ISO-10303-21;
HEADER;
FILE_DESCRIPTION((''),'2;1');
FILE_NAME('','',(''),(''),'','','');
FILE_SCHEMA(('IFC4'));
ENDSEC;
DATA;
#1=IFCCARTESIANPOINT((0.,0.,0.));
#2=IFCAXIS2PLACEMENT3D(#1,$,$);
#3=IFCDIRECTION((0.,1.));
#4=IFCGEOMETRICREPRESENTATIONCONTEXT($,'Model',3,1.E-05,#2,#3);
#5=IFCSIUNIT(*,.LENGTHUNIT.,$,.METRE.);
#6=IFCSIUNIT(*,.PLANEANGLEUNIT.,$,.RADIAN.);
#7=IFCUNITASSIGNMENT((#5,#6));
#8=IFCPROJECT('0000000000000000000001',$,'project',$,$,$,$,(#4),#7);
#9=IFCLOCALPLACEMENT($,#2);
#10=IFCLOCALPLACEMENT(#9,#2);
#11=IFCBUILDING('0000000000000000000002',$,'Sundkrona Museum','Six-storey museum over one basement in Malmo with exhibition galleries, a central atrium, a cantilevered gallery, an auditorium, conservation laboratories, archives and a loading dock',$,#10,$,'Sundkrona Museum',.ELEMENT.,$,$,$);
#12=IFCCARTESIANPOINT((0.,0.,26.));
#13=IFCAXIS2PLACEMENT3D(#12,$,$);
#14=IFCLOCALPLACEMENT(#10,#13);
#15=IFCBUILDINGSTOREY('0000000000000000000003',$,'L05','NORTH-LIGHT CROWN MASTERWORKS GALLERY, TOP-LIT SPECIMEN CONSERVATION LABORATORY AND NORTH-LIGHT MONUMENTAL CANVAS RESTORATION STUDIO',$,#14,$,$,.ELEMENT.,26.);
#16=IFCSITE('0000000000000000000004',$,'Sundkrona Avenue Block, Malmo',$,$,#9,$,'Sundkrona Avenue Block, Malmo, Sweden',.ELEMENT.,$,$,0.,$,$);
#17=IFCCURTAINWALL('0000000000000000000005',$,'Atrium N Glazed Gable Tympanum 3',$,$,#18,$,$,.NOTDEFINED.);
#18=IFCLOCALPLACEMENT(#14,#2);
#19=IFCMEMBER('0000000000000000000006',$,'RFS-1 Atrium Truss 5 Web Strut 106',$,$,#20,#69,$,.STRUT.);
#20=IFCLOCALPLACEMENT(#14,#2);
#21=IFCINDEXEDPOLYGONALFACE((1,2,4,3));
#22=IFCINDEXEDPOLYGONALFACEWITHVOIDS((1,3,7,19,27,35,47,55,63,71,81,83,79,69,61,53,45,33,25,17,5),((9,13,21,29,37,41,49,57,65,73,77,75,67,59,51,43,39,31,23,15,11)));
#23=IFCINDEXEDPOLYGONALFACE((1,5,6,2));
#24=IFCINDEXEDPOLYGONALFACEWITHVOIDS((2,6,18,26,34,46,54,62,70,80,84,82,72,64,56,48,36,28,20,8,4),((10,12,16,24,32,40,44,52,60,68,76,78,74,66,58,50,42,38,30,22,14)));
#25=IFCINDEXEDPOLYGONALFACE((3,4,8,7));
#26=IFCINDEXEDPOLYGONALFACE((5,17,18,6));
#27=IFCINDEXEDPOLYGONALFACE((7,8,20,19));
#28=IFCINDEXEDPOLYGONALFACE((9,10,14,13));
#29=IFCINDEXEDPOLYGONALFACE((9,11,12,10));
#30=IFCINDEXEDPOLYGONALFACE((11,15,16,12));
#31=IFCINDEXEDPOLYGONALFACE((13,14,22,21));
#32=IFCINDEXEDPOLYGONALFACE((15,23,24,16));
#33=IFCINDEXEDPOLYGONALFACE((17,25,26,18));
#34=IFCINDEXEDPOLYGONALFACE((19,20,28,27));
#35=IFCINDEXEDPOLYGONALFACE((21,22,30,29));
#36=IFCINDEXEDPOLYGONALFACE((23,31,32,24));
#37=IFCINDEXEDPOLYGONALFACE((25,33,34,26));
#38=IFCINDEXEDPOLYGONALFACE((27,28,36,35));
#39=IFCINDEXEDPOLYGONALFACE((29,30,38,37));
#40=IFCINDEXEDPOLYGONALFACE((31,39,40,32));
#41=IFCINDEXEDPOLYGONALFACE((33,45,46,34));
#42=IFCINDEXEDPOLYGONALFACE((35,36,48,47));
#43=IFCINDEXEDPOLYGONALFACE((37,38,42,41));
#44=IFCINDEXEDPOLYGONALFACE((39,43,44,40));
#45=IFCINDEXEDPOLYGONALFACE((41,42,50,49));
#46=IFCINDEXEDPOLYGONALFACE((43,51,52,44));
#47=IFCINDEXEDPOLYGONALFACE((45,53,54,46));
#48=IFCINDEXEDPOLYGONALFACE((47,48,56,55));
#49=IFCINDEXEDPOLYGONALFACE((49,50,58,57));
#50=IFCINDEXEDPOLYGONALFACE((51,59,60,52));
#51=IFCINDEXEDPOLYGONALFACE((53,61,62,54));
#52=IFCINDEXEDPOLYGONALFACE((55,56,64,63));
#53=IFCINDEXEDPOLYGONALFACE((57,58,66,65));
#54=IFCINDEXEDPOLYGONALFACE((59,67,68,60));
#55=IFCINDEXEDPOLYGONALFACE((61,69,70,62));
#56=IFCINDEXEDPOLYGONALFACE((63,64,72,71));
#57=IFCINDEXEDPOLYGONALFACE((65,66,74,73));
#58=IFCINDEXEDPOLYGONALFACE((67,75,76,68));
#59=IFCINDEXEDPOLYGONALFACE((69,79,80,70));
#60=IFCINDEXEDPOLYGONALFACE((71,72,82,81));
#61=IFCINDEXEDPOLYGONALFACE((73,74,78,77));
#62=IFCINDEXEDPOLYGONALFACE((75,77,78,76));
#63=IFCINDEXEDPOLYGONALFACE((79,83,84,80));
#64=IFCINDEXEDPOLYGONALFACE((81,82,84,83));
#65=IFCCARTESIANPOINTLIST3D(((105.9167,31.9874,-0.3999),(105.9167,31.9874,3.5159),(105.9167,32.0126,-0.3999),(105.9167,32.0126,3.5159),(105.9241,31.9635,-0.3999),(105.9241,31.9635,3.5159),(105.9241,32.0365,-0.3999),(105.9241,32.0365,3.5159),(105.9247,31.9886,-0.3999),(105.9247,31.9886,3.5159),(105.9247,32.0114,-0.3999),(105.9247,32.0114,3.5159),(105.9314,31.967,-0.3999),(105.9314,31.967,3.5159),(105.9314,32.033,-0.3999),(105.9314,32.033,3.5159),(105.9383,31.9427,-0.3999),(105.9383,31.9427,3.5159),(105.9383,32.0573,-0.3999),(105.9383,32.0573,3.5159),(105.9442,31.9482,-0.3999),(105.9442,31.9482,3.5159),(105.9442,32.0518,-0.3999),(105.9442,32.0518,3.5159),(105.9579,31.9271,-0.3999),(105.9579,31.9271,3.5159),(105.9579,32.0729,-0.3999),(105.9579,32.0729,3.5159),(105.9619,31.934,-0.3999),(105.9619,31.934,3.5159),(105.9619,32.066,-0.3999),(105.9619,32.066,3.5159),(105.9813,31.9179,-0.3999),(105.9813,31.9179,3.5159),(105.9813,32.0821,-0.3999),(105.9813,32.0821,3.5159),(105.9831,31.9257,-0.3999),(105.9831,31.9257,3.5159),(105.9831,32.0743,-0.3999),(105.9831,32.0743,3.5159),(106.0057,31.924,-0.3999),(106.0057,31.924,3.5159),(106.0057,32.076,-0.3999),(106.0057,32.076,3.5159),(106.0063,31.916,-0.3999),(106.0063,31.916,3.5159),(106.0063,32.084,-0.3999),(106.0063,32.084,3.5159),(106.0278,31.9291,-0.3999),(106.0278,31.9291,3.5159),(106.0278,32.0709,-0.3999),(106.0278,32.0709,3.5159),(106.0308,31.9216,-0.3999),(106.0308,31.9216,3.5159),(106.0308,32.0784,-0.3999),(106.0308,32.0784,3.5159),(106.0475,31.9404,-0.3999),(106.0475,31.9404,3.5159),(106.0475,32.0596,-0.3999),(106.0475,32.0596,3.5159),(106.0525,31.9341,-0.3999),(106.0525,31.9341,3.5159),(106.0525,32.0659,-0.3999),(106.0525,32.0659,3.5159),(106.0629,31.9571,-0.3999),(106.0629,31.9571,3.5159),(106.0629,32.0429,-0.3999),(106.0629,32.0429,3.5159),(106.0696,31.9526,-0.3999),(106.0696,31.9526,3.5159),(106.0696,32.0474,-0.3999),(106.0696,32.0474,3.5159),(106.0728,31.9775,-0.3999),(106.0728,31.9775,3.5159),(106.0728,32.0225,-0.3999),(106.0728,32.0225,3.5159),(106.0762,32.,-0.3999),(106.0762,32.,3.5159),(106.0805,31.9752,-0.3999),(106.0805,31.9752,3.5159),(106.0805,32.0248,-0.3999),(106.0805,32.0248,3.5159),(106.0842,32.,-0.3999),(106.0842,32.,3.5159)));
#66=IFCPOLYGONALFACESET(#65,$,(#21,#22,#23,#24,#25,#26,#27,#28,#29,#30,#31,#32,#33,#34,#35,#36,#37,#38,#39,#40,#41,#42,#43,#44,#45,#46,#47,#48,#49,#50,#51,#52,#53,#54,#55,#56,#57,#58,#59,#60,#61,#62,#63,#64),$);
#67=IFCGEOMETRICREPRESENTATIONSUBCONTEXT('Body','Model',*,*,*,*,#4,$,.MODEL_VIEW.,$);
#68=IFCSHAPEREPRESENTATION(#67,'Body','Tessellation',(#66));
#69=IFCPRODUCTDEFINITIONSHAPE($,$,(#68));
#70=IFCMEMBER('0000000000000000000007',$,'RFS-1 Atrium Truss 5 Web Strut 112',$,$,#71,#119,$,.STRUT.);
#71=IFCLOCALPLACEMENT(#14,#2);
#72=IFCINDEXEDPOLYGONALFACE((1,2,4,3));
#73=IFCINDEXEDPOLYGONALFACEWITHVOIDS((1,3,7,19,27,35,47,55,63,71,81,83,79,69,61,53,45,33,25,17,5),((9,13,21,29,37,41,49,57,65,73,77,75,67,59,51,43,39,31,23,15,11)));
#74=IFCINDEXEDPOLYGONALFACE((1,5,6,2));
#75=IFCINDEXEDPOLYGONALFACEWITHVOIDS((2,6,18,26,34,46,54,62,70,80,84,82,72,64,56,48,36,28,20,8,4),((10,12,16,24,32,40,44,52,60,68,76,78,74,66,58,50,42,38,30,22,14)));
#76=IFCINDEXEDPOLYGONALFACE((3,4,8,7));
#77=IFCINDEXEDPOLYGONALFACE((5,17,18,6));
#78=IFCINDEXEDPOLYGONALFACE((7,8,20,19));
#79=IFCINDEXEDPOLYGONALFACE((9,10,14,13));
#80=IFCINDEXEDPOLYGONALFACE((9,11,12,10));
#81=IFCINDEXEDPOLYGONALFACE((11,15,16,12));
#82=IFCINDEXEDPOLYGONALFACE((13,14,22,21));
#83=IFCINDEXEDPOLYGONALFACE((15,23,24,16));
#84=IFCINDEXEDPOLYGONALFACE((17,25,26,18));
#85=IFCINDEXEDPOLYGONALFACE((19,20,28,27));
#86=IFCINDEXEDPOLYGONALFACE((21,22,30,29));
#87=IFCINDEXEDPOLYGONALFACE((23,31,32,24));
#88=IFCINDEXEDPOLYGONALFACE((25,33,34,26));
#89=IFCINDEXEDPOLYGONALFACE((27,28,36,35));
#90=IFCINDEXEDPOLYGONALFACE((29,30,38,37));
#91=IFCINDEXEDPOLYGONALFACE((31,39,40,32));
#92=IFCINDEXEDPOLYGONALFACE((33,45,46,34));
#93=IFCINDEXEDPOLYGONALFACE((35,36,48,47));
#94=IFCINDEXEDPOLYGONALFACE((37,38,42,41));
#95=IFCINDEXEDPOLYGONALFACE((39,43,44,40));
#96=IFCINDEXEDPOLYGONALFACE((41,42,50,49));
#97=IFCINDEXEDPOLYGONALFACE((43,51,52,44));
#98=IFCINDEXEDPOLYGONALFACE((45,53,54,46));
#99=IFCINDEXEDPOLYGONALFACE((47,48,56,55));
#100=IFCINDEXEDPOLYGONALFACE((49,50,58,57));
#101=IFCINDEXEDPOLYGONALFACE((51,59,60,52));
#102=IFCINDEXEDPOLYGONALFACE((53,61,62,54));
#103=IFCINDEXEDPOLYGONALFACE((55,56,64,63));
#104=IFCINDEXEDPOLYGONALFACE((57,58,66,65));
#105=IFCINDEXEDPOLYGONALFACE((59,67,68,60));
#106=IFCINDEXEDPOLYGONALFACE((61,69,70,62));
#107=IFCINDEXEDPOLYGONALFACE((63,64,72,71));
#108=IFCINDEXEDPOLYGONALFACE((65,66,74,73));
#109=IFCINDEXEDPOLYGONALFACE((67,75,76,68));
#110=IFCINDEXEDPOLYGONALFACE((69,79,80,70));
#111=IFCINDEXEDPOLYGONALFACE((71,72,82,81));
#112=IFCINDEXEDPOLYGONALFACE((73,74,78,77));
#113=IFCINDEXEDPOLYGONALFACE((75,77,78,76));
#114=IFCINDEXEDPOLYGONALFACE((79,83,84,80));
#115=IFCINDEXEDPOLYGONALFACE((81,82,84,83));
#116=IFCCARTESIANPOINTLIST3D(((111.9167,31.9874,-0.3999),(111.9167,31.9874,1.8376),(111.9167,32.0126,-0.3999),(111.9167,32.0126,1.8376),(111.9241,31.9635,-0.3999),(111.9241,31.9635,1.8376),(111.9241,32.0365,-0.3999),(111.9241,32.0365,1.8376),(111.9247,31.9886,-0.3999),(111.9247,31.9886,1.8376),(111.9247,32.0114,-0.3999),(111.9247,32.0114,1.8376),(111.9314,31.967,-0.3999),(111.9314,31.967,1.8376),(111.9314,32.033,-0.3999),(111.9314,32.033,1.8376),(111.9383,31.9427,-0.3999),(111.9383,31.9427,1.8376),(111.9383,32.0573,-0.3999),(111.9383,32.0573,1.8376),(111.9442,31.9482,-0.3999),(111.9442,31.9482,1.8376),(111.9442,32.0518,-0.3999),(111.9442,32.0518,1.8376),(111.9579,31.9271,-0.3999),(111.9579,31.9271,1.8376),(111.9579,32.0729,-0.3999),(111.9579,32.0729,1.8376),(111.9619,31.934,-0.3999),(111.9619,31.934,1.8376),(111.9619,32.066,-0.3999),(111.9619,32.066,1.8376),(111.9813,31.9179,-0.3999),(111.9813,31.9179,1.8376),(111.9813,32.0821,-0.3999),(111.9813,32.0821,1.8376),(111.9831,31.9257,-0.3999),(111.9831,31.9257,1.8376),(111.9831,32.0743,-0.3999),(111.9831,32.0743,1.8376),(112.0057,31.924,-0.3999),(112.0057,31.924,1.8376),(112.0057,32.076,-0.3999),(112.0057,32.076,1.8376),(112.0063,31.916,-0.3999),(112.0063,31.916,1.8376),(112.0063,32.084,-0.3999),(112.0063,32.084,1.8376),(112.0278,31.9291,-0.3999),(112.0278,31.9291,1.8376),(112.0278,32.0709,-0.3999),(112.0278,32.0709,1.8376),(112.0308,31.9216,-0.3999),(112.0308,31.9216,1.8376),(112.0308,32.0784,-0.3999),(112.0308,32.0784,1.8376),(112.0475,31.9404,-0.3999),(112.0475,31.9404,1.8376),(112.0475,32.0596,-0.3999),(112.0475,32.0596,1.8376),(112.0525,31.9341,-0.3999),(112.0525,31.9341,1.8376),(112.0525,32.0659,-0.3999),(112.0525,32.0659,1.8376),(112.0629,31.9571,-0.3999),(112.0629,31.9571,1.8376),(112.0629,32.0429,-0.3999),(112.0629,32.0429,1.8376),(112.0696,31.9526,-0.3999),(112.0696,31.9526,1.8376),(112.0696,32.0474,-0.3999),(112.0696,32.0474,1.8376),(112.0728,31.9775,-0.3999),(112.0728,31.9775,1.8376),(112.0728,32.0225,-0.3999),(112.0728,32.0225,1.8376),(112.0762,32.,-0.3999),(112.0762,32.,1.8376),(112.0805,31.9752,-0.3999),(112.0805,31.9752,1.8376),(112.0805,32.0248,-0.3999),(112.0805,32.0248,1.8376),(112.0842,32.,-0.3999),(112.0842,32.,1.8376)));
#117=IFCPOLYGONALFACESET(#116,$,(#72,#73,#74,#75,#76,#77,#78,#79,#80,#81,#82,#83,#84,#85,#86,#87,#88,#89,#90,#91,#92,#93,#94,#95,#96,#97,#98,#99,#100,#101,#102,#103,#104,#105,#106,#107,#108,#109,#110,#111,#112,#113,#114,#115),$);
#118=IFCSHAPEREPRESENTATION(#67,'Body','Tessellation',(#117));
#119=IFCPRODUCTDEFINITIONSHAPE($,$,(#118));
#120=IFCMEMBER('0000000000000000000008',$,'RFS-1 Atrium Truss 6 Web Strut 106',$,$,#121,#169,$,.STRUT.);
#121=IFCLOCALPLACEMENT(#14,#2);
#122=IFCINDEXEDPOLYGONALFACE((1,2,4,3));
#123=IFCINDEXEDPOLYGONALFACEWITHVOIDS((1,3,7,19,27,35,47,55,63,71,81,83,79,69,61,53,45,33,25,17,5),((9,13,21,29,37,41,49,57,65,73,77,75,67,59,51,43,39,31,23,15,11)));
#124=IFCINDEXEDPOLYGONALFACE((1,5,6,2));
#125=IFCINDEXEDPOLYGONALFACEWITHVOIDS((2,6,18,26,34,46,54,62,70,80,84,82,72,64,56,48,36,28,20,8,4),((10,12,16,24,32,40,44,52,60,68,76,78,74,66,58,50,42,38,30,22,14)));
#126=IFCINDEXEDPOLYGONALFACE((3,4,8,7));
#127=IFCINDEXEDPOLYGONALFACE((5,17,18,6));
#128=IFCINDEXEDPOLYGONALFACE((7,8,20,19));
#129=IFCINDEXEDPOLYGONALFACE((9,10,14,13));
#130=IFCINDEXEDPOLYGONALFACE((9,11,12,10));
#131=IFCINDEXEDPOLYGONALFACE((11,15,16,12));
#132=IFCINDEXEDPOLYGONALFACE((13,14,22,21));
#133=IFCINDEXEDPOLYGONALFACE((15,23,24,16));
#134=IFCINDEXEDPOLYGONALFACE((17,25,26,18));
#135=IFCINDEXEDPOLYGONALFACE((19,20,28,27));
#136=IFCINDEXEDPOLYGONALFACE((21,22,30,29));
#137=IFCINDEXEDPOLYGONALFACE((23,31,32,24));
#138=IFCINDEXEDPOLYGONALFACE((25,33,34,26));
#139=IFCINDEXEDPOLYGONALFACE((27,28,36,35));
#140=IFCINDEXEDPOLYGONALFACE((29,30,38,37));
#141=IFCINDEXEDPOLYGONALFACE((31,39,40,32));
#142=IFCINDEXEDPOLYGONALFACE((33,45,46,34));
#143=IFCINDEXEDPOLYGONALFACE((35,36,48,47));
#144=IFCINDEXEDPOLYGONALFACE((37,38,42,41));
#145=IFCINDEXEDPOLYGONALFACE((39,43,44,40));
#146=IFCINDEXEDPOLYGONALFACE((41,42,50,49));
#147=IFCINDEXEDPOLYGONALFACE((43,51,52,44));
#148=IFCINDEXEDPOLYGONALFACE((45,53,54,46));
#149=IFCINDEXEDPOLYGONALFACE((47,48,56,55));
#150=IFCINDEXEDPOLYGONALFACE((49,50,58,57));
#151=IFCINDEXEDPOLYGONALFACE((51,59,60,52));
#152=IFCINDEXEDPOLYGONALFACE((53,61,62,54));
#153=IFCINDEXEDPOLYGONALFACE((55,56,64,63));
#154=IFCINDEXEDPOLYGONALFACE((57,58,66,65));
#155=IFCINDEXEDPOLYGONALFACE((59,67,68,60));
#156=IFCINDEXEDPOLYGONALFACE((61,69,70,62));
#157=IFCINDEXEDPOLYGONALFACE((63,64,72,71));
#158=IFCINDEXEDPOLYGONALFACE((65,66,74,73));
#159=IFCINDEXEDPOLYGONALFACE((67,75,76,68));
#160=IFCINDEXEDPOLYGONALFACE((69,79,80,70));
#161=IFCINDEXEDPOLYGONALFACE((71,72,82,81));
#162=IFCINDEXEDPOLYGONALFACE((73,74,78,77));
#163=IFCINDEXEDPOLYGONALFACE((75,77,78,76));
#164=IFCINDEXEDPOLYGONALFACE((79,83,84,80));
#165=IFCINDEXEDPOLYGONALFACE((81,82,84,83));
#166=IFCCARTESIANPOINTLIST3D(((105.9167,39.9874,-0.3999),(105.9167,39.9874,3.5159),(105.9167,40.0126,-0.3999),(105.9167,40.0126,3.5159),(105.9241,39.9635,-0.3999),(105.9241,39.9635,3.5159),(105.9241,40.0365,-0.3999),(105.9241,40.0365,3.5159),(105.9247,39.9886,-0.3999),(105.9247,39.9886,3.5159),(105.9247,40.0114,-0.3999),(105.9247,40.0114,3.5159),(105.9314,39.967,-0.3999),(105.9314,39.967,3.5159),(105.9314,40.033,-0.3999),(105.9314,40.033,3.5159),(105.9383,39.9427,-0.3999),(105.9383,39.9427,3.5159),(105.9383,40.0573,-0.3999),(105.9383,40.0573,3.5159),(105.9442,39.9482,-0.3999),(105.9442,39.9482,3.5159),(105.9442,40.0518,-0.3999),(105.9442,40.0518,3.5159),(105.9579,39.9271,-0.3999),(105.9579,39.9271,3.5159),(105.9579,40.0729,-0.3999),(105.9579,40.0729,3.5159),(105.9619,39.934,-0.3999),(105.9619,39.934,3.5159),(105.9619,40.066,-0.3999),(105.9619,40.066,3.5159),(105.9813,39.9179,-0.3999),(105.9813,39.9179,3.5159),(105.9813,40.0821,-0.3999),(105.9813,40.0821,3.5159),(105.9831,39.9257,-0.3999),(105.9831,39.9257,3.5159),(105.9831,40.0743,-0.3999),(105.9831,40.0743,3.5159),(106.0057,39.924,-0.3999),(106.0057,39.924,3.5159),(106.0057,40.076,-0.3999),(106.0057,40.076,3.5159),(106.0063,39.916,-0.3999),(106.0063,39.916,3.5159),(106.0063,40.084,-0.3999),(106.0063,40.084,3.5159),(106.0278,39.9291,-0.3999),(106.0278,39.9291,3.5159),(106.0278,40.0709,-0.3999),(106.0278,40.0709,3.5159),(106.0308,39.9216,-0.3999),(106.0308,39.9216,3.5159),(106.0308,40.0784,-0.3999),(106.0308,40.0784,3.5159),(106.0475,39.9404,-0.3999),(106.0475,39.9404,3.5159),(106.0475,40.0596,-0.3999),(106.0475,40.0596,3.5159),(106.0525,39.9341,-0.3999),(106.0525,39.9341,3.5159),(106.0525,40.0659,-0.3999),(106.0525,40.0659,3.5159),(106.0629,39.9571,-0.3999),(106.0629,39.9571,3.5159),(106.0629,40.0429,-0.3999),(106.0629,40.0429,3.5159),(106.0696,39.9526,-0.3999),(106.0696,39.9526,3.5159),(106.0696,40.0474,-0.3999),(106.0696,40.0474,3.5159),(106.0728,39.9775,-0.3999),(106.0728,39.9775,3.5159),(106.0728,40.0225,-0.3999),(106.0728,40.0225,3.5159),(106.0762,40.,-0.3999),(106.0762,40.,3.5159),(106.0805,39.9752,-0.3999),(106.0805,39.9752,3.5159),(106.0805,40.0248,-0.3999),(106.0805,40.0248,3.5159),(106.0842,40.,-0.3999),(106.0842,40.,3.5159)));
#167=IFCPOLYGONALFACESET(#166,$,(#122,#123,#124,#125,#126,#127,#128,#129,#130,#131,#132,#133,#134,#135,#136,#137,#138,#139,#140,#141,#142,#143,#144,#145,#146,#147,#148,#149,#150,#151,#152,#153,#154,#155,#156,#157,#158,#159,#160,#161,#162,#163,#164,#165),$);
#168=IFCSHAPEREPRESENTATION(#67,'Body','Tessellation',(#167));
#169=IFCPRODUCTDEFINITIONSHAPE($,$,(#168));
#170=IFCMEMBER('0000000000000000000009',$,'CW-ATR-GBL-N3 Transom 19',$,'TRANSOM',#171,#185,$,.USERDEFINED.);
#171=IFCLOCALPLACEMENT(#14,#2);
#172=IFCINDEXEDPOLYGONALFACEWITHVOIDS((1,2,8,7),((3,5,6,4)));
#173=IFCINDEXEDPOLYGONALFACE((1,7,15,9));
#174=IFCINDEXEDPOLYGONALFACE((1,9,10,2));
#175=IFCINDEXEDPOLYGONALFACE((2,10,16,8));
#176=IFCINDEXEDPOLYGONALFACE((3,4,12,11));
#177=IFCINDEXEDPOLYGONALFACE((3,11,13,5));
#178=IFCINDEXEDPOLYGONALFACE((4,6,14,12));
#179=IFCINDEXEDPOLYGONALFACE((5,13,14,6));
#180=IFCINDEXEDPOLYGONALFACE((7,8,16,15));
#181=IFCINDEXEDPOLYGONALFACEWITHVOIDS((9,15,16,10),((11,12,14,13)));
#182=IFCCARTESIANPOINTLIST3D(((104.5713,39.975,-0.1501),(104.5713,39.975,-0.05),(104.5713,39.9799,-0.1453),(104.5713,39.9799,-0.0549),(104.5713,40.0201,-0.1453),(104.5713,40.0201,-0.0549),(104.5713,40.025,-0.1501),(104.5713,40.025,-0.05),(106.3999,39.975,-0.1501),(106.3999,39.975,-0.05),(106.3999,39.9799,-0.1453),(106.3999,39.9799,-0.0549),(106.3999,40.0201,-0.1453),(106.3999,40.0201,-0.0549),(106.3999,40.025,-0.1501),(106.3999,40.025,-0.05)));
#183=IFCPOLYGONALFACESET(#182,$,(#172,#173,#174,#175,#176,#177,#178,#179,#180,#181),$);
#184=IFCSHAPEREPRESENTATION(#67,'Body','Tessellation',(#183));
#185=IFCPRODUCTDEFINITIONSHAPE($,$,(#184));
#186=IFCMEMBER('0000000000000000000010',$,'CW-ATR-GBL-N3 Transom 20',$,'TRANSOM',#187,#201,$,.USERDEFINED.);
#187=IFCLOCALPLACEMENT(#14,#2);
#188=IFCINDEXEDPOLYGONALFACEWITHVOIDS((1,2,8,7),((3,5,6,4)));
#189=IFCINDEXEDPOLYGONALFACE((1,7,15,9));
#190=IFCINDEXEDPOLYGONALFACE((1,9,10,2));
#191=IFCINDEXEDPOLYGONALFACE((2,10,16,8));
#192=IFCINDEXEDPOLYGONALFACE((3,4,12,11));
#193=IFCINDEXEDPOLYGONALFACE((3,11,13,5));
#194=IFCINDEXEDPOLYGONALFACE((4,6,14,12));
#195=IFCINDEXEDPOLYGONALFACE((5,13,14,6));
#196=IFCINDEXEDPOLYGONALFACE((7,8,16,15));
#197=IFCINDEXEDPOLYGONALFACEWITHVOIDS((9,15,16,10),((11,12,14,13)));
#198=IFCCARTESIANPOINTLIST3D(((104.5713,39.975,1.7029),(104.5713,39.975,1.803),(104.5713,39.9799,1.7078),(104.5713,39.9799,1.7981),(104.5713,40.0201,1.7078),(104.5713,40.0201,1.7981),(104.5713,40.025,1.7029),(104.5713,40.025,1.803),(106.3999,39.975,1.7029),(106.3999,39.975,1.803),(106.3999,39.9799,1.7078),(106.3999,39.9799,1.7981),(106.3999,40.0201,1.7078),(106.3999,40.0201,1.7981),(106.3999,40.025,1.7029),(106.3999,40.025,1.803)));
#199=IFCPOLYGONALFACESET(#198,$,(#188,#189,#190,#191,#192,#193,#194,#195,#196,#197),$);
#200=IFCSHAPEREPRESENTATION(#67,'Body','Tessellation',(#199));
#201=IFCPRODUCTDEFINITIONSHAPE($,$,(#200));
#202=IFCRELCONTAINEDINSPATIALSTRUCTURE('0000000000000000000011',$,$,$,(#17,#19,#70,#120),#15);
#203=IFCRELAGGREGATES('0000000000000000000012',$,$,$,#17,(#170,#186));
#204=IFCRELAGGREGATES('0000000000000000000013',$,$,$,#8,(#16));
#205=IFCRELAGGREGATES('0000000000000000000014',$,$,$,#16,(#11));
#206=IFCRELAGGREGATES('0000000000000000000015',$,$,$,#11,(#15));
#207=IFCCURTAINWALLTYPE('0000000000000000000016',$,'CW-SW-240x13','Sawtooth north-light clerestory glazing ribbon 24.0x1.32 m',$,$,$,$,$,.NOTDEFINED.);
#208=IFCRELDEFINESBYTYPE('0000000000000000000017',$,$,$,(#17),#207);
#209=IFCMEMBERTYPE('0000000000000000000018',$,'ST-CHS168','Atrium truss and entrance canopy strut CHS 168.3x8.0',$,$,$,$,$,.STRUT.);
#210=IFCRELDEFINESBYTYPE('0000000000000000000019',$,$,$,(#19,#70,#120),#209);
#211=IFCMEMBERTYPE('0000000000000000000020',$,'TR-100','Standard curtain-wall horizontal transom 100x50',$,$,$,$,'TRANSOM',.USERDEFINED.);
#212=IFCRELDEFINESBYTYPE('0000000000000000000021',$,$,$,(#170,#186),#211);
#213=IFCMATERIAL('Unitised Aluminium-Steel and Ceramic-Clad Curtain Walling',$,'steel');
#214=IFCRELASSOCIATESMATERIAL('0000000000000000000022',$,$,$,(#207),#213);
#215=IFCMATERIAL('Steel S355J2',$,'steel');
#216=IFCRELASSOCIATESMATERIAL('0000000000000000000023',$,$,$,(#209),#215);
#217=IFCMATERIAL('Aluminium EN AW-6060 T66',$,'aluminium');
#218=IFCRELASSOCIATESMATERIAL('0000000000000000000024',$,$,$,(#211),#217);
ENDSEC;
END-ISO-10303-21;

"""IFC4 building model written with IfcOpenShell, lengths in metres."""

from ifc_helpers import new_model, si_unit, direction, frame, origin, origin_2d, place, context, subcontext, project, spatial, hollow_rectangle, hollow_circle, extrude, material, material_profile, profile_set, type_object, element, aggregate, save


model = new_model("IFC4")

# Units and contexts
model_context = context("Model", 3, precision=1e-05, world=origin(), true_north=direction((0.0, 1.0)))
body_context = subcontext(model_context, "Body", "Model", "MODEL_VIEW")
ifc_project = project(units=[si_unit("LENGTHUNIT", "METRE"), si_unit("PLANEANGLEUNIT", "RADIAN")], contexts=[model_context])

# Site, building, storey
site_placement = place(None, origin())
site = spatial("IfcSite", under=ifc_project, at=site_placement, Name="Sundkrona Avenue Block, Malmo", LongName="Sundkrona Avenue Block, Malmo, Sweden", CompositionType="ELEMENT", RefElevation=0.0)
building_placement = place(site_placement, origin())
building = spatial("IfcBuilding", under=site, at=building_placement, Name="Sundkrona Museum", Description="Six-storey museum over one basement in Malmo with exhibition galleries, a central atrium, a cantilevered gallery, an auditorium, conservation laboratories, archives and a loading dock", LongName="Sundkrona Museum", CompositionType="ELEMENT")
storey_placement = place(building_placement, frame((0.0, 0.0, 26.0)))
storey = spatial("IfcBuildingStorey", under=building, at=storey_placement, Name="L05", Description="NORTH-LIGHT CROWN MASTERWORKS GALLERY, TOP-LIT SPECIMEN CONSERVATION LABORATORY AND NORTH-LIGHT MONUMENTAL CANVAS RESTORATION STUDIO", CompositionType="ELEMENT", Elevation=26.0)

# Shared definitions
ifc_material_1 = material(Name="Steel S355J2", Category="steel")

# Curtain wall
ifc_material_2 = material(Name="Unitised Aluminium-Steel and Ceramic-Clad Curtain Walling", Category="steel")
curtain_wall_type = type_object("IfcCurtainWallType", Name="CW-SW-240x13", Description="Sawtooth north-light clerestory glazing ribbon 24.0x1.32 m", PredefinedType="NOTDEFINED", material=ifc_material_2)
curtain_wall_1_placement = place(storey_placement, origin())
curtain_wall_1 = element("IfcCurtainWall", 1, at=curtain_wall_1_placement, inside=storey, type_object=curtain_wall_type, Name="Atrium N Glazed Gable Tympanum 3", PredefinedType="NOTDEFINED")
ifc_material_3 = material(Name="Aluminium EN AW-6060 T66", Category="aluminium")

# Members
ifc_material_profile_1 = material_profile(ifc_material_1, hollow_circle(Radius=0.0842, WallThickness=0.0081, at=origin_2d()), Name="CHS 168.3x8.0")
ifc_profile_set_1 = profile_set([ifc_material_profile_1], Name="Steel S355J2")
member_type_1 = type_object("IfcMemberType", Name="ST-CHS168", Description="Atrium truss and entrance canopy strut CHS 168.3x8.0", PredefinedType="STRUT", material=ifc_profile_set_1)
member_1_placement = place(storey_placement, frame((106.0, 32.0, -0.3999), z_axis=(0.0, 0.0, 1.0), x_axis=(1.0, 0.0, 0.0)))
element("IfcMember", 2, at=member_1_placement, inside=storey, type_object=member_type_1, Name="RFS-1 Atrium Truss 5 Web Strut 106", PredefinedType="STRUT", context=body_context, shape_type="SweptSolid", body=[
    extrude(hollow_circle(Radius=0.0842, WallThickness=0.0081, at=origin_2d()), origin(), (0.0, 0.0, 1.0), 3.9158),
])
member_2_placement = place(storey_placement, frame((112.0, 32.0, -0.3999), z_axis=(0.0, 0.0, 1.0), x_axis=(1.0, 0.0, 0.0)))
element("IfcMember", 3, at=member_2_placement, inside=storey, type_object=member_type_1, Name="RFS-1 Atrium Truss 5 Web Strut 112", PredefinedType="STRUT", context=body_context, shape_type="SweptSolid", body=[
    extrude(hollow_circle(Radius=0.0842, WallThickness=0.0081, at=origin_2d()), origin(), (0.0, 0.0, 1.0), 2.2375),
])
member_3_placement = place(storey_placement, frame((106.0, 40.0, -0.3999), z_axis=(0.0, 0.0, 1.0), x_axis=(1.0, 0.0, 0.0)))
element("IfcMember", 4, at=member_3_placement, inside=storey, type_object=member_type_1, Name="RFS-1 Atrium Truss 6 Web Strut 106", PredefinedType="STRUT", context=body_context, shape_type="SweptSolid", body=[
    extrude(hollow_circle(Radius=0.0842, WallThickness=0.0081, at=origin_2d()), origin(), (0.0, 0.0, 1.0), 3.9158),
])

# Members
ifc_material_profile_2 = material_profile(ifc_material_3, hollow_rectangle(XDim=0.05, YDim=0.1001, WallThickness=0.0049, at=origin_2d()), Name="RHS 100x50x5.0")
ifc_profile_set_2 = profile_set([ifc_material_profile_2], Name="Aluminium EN AW-6060 T66")
member_type_2 = type_object("IfcMemberType", Name="TR-100", Description="Standard curtain-wall horizontal transom 100x50", ElementType="TRANSOM", PredefinedType="USERDEFINED", material=ifc_profile_set_2)
member_4_placement = place(storey_placement, frame((104.5713, 40.0, -0.1001), z_axis=(1.0, 0.0, 0.0), x_axis=(0.0, 1.0, 0.0)))
member_4 = element("IfcMember", 5, at=member_4_placement, type_object=member_type_2, Name="CW-ATR-GBL-N3 Transom 19", ObjectType="TRANSOM", PredefinedType="USERDEFINED", context=body_context, shape_type="SweptSolid", body=[
    extrude(hollow_rectangle(XDim=0.05, YDim=0.1001, WallThickness=0.0049, at=origin_2d()), origin(), (0.0, 0.0, 1.0), 1.8286),
])
member_5_placement = place(storey_placement, frame((104.5713, 40.0, 1.7529), z_axis=(1.0, 0.0, 0.0), x_axis=(0.0, 1.0, 0.0)))
member_5 = element("IfcMember", 6, at=member_5_placement, type_object=member_type_2, Name="CW-ATR-GBL-N3 Transom 20", ObjectType="TRANSOM", PredefinedType="USERDEFINED", context=body_context, shape_type="SweptSolid", body=[
    extrude(hollow_rectangle(XDim=0.05, YDim=0.1001, WallThickness=0.0049, at=origin_2d()), origin(), (0.0, 0.0, 1.0), 1.8286),
])

aggregate(curtain_wall_1, [member_4, member_5])

save(model, "model.ifc")
